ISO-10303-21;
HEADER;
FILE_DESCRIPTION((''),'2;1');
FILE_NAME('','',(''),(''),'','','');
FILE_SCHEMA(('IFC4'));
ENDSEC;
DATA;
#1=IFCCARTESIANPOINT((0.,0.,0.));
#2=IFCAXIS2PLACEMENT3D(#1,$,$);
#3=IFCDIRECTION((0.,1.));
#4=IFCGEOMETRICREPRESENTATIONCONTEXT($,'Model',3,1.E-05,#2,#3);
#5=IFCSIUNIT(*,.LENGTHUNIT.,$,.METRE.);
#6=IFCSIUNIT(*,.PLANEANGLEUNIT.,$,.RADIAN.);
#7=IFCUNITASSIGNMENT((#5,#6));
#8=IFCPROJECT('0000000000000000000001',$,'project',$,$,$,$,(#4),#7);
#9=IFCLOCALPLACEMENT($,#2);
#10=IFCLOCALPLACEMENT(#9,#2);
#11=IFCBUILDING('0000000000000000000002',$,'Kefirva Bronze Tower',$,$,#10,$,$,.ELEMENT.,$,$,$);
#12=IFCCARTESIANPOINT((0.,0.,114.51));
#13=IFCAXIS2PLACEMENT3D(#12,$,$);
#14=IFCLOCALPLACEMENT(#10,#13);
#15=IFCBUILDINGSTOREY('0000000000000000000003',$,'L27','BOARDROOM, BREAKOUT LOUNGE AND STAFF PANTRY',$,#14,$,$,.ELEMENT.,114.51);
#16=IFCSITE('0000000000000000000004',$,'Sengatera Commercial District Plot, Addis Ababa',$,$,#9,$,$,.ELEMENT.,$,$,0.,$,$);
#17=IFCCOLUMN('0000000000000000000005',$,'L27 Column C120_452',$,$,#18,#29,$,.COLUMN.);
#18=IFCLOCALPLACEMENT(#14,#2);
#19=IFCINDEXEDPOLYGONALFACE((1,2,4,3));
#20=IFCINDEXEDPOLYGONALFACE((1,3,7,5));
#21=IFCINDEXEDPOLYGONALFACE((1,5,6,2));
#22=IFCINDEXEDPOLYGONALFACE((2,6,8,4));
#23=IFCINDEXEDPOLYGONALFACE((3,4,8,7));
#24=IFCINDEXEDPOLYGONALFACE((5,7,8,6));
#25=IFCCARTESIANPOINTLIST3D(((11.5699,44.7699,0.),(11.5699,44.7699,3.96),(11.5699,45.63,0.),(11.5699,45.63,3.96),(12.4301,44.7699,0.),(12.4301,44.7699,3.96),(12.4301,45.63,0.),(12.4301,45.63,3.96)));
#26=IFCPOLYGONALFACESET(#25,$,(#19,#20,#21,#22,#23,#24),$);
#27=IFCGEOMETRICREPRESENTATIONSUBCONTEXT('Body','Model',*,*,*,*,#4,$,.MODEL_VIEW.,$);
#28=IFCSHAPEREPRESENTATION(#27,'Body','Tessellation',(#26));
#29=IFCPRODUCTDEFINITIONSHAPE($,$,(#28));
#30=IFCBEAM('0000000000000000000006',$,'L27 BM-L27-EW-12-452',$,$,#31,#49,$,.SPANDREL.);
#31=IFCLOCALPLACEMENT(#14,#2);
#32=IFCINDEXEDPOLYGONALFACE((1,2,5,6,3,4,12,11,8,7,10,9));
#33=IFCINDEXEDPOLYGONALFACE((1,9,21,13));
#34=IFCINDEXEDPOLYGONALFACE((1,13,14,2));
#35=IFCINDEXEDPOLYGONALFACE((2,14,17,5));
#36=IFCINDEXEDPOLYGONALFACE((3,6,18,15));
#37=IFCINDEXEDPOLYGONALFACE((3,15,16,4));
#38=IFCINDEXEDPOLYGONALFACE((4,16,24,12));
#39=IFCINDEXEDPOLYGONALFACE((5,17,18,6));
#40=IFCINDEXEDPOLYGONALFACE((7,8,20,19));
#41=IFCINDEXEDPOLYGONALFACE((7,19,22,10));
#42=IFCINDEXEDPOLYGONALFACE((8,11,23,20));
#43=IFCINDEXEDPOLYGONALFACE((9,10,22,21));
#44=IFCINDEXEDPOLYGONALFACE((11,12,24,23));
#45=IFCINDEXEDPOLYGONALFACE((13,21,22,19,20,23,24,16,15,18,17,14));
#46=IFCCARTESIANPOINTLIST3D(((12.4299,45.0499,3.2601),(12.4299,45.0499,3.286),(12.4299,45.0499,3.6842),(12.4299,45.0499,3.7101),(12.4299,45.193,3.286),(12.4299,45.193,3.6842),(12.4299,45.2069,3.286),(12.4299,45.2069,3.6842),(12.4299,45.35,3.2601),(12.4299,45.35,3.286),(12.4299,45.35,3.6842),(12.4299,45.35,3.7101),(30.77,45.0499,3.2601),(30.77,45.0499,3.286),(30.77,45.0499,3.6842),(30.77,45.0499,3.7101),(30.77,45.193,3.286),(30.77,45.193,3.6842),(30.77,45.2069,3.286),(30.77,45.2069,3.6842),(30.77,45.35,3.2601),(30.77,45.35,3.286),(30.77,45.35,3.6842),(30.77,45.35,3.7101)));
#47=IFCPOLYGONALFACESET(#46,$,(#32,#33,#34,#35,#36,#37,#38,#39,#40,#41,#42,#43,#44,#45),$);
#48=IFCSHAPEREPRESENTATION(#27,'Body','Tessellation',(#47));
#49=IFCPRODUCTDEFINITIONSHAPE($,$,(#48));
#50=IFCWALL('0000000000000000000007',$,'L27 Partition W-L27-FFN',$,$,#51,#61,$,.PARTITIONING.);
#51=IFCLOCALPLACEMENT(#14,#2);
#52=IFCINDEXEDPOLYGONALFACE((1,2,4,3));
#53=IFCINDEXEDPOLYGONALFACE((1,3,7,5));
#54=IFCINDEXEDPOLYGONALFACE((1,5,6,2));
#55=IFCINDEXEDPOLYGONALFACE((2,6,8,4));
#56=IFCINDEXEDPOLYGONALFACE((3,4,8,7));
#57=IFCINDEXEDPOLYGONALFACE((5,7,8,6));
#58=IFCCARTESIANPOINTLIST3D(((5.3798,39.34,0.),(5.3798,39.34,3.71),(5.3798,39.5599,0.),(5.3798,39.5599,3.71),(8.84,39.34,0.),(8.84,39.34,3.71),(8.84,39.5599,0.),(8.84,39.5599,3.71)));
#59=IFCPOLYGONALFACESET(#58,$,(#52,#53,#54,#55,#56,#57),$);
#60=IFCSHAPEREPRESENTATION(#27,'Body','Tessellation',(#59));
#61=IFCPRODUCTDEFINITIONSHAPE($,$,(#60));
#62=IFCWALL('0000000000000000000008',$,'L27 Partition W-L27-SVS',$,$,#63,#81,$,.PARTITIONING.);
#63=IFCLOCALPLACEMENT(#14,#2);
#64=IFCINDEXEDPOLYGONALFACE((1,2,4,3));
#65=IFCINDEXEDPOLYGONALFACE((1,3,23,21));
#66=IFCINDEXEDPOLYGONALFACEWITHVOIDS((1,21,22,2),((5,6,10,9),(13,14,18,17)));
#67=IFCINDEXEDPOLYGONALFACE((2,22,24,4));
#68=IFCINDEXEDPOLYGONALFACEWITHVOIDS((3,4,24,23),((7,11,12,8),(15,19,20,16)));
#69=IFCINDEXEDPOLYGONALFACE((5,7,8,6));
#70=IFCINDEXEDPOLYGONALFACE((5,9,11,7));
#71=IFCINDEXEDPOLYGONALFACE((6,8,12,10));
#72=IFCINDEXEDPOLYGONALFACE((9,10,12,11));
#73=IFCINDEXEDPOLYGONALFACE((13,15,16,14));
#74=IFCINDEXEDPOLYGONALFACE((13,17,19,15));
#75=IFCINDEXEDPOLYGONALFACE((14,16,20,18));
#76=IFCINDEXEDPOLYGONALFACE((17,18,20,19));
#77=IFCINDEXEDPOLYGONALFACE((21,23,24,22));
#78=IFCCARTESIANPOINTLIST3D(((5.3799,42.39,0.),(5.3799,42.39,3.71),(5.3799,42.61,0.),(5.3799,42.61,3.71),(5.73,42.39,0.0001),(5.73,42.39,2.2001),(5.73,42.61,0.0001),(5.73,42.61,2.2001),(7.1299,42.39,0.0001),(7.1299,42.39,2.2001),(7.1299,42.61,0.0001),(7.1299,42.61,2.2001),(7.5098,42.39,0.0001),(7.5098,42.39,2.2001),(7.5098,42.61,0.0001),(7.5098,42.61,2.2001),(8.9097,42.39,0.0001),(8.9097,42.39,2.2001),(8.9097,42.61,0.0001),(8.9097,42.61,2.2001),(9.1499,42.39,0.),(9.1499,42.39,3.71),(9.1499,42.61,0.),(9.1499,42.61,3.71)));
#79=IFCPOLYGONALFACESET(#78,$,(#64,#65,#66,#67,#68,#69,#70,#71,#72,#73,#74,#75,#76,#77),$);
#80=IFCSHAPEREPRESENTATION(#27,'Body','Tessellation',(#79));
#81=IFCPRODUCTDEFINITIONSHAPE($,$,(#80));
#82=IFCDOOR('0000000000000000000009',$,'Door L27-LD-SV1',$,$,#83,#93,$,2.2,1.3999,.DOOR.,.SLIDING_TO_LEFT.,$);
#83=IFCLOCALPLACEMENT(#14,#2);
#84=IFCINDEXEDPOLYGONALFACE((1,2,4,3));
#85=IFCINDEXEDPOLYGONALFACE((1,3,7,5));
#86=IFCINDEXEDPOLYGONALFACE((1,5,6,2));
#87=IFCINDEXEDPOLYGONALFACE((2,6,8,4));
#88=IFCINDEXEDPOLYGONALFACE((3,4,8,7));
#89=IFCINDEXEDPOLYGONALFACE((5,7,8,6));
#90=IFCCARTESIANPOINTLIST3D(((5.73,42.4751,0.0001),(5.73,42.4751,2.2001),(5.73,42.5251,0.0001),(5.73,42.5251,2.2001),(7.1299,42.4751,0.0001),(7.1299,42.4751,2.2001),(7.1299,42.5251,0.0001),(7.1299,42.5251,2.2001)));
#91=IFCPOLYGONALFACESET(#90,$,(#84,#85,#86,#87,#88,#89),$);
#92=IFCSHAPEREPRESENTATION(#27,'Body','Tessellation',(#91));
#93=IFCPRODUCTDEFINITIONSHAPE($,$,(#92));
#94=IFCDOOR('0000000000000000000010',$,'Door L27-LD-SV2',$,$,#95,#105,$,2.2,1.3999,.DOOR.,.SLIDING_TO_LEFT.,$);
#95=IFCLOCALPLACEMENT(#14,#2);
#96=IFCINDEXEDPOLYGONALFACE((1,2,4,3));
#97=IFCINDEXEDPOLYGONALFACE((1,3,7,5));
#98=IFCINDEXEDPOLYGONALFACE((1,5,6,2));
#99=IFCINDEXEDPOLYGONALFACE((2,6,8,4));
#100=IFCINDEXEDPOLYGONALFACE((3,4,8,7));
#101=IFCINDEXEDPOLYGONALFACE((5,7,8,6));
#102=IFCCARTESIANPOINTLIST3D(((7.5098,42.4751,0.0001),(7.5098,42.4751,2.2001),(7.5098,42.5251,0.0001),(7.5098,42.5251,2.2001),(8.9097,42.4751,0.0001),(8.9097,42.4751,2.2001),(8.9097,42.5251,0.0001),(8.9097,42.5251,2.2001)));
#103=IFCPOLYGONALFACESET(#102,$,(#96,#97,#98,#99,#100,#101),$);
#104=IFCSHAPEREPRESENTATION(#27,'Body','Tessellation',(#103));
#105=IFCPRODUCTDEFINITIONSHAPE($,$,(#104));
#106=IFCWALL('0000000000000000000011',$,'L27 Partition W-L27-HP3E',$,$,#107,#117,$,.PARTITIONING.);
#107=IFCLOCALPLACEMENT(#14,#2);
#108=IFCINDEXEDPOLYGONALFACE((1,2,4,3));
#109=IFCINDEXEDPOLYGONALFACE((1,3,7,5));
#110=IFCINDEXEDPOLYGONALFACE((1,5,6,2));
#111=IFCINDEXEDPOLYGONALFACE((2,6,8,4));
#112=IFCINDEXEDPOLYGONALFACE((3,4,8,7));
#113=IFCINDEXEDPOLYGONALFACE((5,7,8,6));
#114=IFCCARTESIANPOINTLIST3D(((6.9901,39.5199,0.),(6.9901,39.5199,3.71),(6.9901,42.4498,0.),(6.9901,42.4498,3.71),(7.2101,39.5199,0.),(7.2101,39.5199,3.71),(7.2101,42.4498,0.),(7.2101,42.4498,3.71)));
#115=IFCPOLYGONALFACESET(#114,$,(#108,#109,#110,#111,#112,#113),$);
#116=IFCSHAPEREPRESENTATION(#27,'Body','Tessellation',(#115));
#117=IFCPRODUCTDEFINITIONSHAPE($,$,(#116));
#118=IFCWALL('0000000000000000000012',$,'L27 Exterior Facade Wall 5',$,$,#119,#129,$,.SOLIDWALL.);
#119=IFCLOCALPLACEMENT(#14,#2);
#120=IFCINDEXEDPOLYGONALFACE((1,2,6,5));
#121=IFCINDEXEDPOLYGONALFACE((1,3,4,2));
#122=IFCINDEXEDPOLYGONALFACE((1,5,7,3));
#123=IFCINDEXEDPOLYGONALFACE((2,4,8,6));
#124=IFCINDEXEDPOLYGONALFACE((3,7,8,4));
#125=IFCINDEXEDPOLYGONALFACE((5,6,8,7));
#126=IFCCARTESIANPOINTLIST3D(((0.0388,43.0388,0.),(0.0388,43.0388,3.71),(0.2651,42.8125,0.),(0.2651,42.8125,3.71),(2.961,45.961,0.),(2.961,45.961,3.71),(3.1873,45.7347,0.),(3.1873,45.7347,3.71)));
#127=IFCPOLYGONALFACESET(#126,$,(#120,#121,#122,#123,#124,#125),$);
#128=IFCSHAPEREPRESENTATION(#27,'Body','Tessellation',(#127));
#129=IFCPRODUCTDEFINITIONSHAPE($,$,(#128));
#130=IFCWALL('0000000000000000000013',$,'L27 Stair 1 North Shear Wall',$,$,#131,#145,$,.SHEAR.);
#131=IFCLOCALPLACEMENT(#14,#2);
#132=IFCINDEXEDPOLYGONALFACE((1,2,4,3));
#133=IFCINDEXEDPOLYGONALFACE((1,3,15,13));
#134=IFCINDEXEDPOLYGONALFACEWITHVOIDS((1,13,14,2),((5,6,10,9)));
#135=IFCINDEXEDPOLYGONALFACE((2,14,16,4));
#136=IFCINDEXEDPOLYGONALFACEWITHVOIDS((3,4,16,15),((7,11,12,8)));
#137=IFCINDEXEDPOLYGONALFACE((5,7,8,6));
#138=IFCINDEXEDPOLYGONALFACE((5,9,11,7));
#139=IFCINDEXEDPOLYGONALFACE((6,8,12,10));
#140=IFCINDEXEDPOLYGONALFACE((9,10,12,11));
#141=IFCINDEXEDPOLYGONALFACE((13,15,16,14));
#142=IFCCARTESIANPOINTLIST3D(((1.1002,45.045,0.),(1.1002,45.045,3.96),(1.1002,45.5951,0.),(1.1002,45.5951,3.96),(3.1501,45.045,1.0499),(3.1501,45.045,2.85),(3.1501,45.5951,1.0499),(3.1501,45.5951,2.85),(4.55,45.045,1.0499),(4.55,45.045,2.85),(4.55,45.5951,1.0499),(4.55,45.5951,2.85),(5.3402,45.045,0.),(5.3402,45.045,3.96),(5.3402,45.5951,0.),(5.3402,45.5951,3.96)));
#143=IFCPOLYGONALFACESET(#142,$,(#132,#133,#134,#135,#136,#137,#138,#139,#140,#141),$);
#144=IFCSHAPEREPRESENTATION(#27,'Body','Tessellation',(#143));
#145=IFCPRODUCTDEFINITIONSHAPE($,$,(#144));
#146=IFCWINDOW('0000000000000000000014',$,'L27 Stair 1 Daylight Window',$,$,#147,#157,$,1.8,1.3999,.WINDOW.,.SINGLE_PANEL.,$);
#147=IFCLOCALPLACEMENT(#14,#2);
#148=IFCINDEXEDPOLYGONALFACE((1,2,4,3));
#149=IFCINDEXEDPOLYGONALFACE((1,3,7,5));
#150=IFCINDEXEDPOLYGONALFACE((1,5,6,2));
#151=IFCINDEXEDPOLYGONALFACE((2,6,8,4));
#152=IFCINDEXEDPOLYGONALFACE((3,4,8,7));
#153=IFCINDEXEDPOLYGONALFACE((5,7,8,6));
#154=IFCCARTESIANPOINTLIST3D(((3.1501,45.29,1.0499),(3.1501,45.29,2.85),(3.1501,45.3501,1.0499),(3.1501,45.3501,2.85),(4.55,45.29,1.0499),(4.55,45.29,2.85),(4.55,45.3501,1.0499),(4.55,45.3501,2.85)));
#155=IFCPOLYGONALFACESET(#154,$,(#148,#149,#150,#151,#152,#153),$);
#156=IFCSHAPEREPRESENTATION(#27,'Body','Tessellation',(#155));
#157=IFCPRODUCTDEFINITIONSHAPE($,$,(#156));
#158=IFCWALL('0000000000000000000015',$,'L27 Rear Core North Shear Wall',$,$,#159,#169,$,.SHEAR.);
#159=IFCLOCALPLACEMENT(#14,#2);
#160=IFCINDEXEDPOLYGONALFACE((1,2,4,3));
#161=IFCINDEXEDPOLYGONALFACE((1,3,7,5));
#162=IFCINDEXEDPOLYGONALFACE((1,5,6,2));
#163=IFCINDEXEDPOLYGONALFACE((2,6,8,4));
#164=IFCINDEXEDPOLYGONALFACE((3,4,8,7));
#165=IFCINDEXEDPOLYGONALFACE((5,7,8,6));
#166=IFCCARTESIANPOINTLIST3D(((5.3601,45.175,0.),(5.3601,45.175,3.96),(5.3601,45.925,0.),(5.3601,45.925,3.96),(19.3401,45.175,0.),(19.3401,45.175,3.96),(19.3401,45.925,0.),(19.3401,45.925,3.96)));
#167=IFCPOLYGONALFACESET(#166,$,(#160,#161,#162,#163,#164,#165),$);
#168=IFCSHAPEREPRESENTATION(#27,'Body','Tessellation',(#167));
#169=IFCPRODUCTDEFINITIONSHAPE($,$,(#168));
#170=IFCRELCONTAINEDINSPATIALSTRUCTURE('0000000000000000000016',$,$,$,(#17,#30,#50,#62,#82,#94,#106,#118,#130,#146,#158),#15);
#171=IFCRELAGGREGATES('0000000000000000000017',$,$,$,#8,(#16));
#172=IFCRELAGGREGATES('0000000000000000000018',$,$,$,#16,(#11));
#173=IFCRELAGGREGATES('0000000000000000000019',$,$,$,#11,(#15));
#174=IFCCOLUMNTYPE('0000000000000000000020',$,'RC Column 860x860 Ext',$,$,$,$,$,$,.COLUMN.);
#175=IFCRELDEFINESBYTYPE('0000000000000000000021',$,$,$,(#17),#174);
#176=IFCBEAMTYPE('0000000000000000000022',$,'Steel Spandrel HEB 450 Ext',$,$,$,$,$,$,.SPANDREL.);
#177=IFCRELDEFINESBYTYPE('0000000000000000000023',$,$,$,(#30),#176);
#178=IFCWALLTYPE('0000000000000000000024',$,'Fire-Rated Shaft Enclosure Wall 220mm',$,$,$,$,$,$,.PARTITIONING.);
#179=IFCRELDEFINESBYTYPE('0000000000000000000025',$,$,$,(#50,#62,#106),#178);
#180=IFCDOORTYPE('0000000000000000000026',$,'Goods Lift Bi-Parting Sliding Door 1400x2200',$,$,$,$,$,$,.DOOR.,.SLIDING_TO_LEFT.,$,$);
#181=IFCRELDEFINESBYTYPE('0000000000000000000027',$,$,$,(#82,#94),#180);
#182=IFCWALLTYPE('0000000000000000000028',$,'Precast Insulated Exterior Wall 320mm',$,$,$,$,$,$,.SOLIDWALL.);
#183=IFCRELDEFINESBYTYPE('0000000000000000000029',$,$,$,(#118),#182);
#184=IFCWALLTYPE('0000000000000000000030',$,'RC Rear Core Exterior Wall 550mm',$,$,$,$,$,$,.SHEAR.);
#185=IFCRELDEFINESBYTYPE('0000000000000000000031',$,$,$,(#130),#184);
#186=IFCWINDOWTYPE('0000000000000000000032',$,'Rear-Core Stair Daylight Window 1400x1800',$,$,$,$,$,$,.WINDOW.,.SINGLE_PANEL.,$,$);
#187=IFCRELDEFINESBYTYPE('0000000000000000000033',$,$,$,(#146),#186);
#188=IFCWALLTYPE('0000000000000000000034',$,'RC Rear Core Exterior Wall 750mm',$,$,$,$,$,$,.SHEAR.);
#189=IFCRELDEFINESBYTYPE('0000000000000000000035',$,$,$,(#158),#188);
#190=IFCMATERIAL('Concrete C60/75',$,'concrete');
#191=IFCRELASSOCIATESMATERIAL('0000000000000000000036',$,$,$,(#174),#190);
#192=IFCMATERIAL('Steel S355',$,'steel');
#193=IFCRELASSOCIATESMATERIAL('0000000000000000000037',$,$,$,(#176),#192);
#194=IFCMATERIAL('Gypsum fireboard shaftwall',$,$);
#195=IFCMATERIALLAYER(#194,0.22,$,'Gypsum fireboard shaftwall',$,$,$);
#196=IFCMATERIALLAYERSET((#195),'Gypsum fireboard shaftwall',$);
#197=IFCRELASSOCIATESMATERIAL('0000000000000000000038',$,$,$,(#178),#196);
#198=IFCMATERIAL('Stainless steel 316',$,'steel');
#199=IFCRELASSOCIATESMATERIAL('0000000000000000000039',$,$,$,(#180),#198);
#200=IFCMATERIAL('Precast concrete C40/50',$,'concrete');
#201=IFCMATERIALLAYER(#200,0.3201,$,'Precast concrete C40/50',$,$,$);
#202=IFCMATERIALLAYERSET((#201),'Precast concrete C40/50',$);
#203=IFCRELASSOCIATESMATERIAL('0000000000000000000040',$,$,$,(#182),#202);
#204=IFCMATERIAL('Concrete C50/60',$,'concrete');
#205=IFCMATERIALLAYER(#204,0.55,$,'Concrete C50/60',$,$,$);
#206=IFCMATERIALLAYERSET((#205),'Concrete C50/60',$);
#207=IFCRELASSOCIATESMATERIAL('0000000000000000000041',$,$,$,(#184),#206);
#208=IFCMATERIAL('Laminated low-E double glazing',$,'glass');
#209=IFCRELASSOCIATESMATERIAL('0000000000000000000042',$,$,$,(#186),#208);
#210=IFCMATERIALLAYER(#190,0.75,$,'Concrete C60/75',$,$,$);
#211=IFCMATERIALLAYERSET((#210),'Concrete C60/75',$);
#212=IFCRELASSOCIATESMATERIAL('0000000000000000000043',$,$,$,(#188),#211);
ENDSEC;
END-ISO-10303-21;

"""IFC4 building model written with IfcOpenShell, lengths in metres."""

from ifc_helpers import new_model, si_unit, direction, frame, frame_2d, origin, origin_2d, place, context, subcontext, project, spatial, rectangle, i_section, extrude, material, layer, layer_set, material_profile, profile_set, type_object, element, fill, save


model = new_model("IFC4")

# Units and contexts
model_context = context("Model", 3, precision=1e-05, world=origin(), true_north=direction((0.0, 1.0)))
body_context = subcontext(model_context, "Body", "Model", "MODEL_VIEW")
ifc_project = project(units=[si_unit("LENGTHUNIT", "METRE"), si_unit("PLANEANGLEUNIT", "RADIAN")], contexts=[model_context])

# Site, building, storey
site_placement = place(None, origin())
site = spatial("IfcSite", under=ifc_project, at=site_placement, Name="Sengatera Commercial District Plot, Addis Ababa", CompositionType="ELEMENT", RefElevation=0.0)
building_placement = place(site_placement, origin())
building = spatial("IfcBuilding", under=site, at=building_placement, Name="Kefirva Bronze Tower", CompositionType="ELEMENT")
storey_placement = place(building_placement, frame((0.0, 0.0, 114.51)))
storey = spatial("IfcBuildingStorey", under=building, at=storey_placement, Name="L27", Description="BOARDROOM, BREAKOUT LOUNGE AND STAFF PANTRY", CompositionType="ELEMENT", Elevation=114.51)

# Column
ifc_material_1 = material(Name="Concrete C60/75", Category="concrete")
ifc_material_profile_1 = material_profile(ifc_material_1, rectangle(XDim=0.8601, YDim=0.8601, at=origin_2d()), Name="RC 860x860")
ifc_profile_set_1 = profile_set([ifc_material_profile_1], Name="Concrete C60/75")
column_type = type_object("IfcColumnType", Name="RC Column 860x860 Ext", PredefinedType="COLUMN", material=ifc_profile_set_1)
column_placement = place(storey_placement, frame((12.0, 45.2, 0.0), z_axis=(0.0, 0.0, 1.0), x_axis=(1.0, 0.0, 0.0)))
element("IfcColumn", 1, at=column_placement, inside=storey, type_object=column_type, Name="L27 Column C120_452", PredefinedType="COLUMN", context=body_context, shape_type="SweptSolid", body=[
    extrude(rectangle(XDim=0.8601, YDim=0.8601, at=origin_2d()), origin(), (0.0, 0.0, 1.0), 3.96),
])

# Beam
ifc_material_2 = material(Name="Steel S355", Category="steel")
ifc_material_profile_2 = material_profile(ifc_material_2, i_section(OverallWidth=0.3, OverallDepth=0.45, WebThickness=0.0139, FlangeThickness=0.0259, at=origin_2d()), Name="HEB 450")
ifc_profile_set_2 = profile_set([ifc_material_profile_2], Name="Steel S355")
beam_type = type_object("IfcBeamType", Name="Steel Spandrel HEB 450 Ext", PredefinedType="SPANDREL", material=ifc_profile_set_2)
beam_placement = place(storey_placement, frame((12.4299, 45.2, 3.4851), z_axis=(1.0, 0.0, 0.0), x_axis=(0.0, 1.0, 0.0)))
element("IfcBeam", 2, at=beam_placement, inside=storey, type_object=beam_type, Name="L27 BM-L27-EW-12-452", PredefinedType="SPANDREL", context=body_context, shape_type="SweptSolid", body=[
    extrude(i_section(OverallWidth=0.3, OverallDepth=0.45, WebThickness=0.0139, FlangeThickness=0.0259, at=origin_2d()), origin(), (0.0, 0.0, 1.0), 18.3401),
])

# Wall
ifc_material_3 = material(Name="Gypsum fireboard shaftwall")
ifc_layer_1 = layer(ifc_material_3, 0.22, Name="Gypsum fireboard shaftwall")
ifc_layer_set_1 = layer_set([ifc_layer_1], Name="Gypsum fireboard shaftwall")
wall_type_1 = type_object("IfcWallType", Name="Fire-Rated Shaft Enclosure Wall 220mm", PredefinedType="PARTITIONING", material=ifc_layer_set_1)
wall_1_placement = place(storey_placement, frame((5.3799, 39.45, 0.0), z_axis=(0.0, 0.0, 1.0), x_axis=(1.0, 0.0, 0.0)))
element("IfcWall", 3, at=wall_1_placement, inside=storey, type_object=wall_type_1, Name="L27 Partition W-L27-FFN", PredefinedType="PARTITIONING", context=body_context, shape_type="SweptSolid", body=[
    extrude(rectangle(XDim=3.4602, YDim=0.22, at=frame_2d((1.73, 0.0))), origin(), (0.0, 0.0, 1.0), 3.71),
])

# Wall, openings, doors
wall_2_placement = place(storey_placement, frame((5.3799, 42.5, 0.0), z_axis=(0.0, 0.0, 1.0), x_axis=(1.0, 0.0, 0.0)))
wall_2 = element("IfcWall", 4, at=wall_2_placement, inside=storey, type_object=wall_type_1, Name="L27 Partition W-L27-SVS", PredefinedType="PARTITIONING", context=body_context, shape_type="SweptSolid", body=[
    extrude(rectangle(XDim=3.77, YDim=0.22, at=frame_2d((1.885, 0.0))), origin(), (0.0, 0.0, 1.0), 3.71),
])
opening_1_placement = place(wall_2_placement, frame((1.75, 0.0, 0.0), z_axis=(0.0, 0.0, 1.0), x_axis=(-1.0, 0.0, 0.0)))
opening_1 = element("IfcOpeningElement", 5, at=opening_1_placement, cuts=wall_2, PredefinedType="OPENING", context=body_context, shape_type="SweptSolid", body=[
    extrude(rectangle(XDim=1.3999, YDim=2.2, at=frame_2d((0.7, 1.1001))), frame((0.0, 0.1201, 0.0), z_axis=(0.0, -1.0, 0.0), x_axis=(1.0, 0.0, 0.0)), (0.0, 0.0, 1.0), 0.24),
])
opening_2_placement = place(wall_2_placement, frame((3.5298, 0.0, 0.0), z_axis=(0.0, 0.0, 1.0), x_axis=(-1.0, 0.0, 0.0)))
opening_2 = element("IfcOpeningElement", 6, at=opening_2_placement, cuts=wall_2, PredefinedType="OPENING", context=body_context, shape_type="SweptSolid", body=[
    extrude(rectangle(XDim=1.3999, YDim=2.2, at=frame_2d((0.7, 1.1001))), frame((0.0, 0.1201, 0.0), z_axis=(0.0, -1.0, 0.0), x_axis=(1.0, 0.0, 0.0)), (0.0, 0.0, 1.0), 0.24),
])
ifc_material_4 = material(Name="Stainless steel 316", Category="steel")
door_type_1 = type_object("IfcDoorType", Name="Goods Lift Bi-Parting Sliding Door 1400x2200", OperationType="SLIDING_TO_LEFT", PredefinedType="DOOR", material=ifc_material_4)
door_1_placement = place(opening_1_placement, origin())
door_1 = element("IfcDoor", 7, at=door_1_placement, inside=storey, type_object=door_type_1, Name="Door L27-LD-SV1", OperationType="SLIDING_TO_LEFT", OverallHeight=2.2, OverallWidth=1.3999, PredefinedType="DOOR", context=body_context, shape_type="SweptSolid", body=[
    extrude(rectangle(XDim=1.3999, YDim=2.2, at=frame_2d((0.7, 1.1001))), frame((0.0, 0.0249, 0.0), z_axis=(0.0, -1.0, 0.0), x_axis=(1.0, 0.0, 0.0)), (0.0, 0.0, 1.0), 0.05),
])
fill(opening_1, door_1)
door_2_placement = place(opening_2_placement, origin())
door_2 = element("IfcDoor", 8, at=door_2_placement, inside=storey, type_object=door_type_1, Name="Door L27-LD-SV2", OperationType="SLIDING_TO_LEFT", OverallHeight=2.2, OverallWidth=1.3999, PredefinedType="DOOR", context=body_context, shape_type="SweptSolid", body=[
    extrude(rectangle(XDim=1.3999, YDim=2.2, at=frame_2d((0.7, 1.1001))), frame((0.0, 0.0249, 0.0), z_axis=(0.0, -1.0, 0.0), x_axis=(1.0, 0.0, 0.0)), (0.0, 0.0, 1.0), 0.05),
])
fill(opening_2, door_2)

# Walls
wall_3_placement = place(storey_placement, frame((7.1001, 39.52, 0.0), z_axis=(0.0, 0.0, 1.0), x_axis=(0.0, 1.0, 0.0)))
element("IfcWall", 9, at=wall_3_placement, inside=storey, type_object=wall_type_1, Name="L27 Partition W-L27-HP3E", PredefinedType="PARTITIONING", context=body_context, shape_type="SweptSolid", body=[
    extrude(rectangle(XDim=2.9299, YDim=0.22, at=frame_2d((1.4648, 0.0))), origin(), (0.0, 0.0, 1.0), 3.71),
])
ifc_material_5 = material(Name="Precast concrete C40/50", Category="concrete")
ifc_layer_2 = layer(ifc_material_5, 0.3201, Name="Precast concrete C40/50")
ifc_layer_set_2 = layer_set([ifc_layer_2], Name="Precast concrete C40/50")
wall_type_2 = type_object("IfcWallType", Name="Precast Insulated Exterior Wall 320mm", PredefinedType="SOLIDWALL", material=ifc_layer_set_2)
wall_4_placement = place(storey_placement, frame((3.0742, 45.8479, 0.0), z_axis=(0.0, 0.0, 1.0), x_axis=(-0.707107, -0.707107, 0.0)))
element("IfcWall", 10, at=wall_4_placement, inside=storey, type_object=wall_type_2, Name="L27 Exterior Facade Wall 5", PredefinedType="SOLIDWALL", context=body_context, shape_type="SweptSolid", body=[
    extrude(rectangle(XDim=4.1326, YDim=0.3201, at=frame_2d((2.0664, 0.0))), origin(), (0.0, 0.0, 1.0), 3.71),
])

# Wall, opening, window
ifc_material_6 = material(Name="Concrete C50/60", Category="concrete")
ifc_layer_3 = layer(ifc_material_6, 0.55, Name="Concrete C50/60")
ifc_layer_set_3 = layer_set([ifc_layer_3], Name="Concrete C50/60")
wall_type_3 = type_object("IfcWallType", Name="RC Rear Core Exterior Wall 550mm", PredefinedType="SHEAR", material=ifc_layer_set_3)
wall_5_placement = place(storey_placement, frame((1.1001, 45.3201, 0.0), z_axis=(0.0, 0.0, 1.0), x_axis=(1.0, 0.0, 0.0)))
wall_5 = element("IfcWall", 11, at=wall_5_placement, inside=storey, type_object=wall_type_3, Name="L27 Stair 1 North Shear Wall", PredefinedType="SHEAR", context=body_context, shape_type="SweptSolid", body=[
    extrude(rectangle(XDim=4.24, YDim=0.55, at=frame_2d((2.1201, 0.0))), origin(), (0.0, 0.0, 1.0), 3.96),
])
opening_3_placement = place(wall_5_placement, frame((2.05, 0.0, 1.05)))
opening_3 = element("IfcOpeningElement", 12, at=opening_3_placement, cuts=wall_5, PredefinedType="OPENING", context=body_context, shape_type="SweptSolid", body=[
    extrude(rectangle(XDim=1.3999, YDim=1.8, at=frame_2d((0.7, 0.8999))), frame((0.0, 0.2852, 0.0), z_axis=(0.0, -1.0, 0.0), x_axis=(1.0, 0.0, 0.0)), (0.0, 0.0, 1.0), 0.5701),
])
ifc_material_7 = material(Name="Laminated low-E double glazing", Category="glass")
window_type = type_object("IfcWindowType", Name="Rear-Core Stair Daylight Window 1400x1800", PartitioningType="SINGLE_PANEL", PredefinedType="WINDOW", material=ifc_material_7)
window_placement = place(opening_3_placement, origin())
window = element("IfcWindow", 13, at=window_placement, inside=storey, type_object=window_type, Name="L27 Stair 1 Daylight Window", OverallHeight=1.8, OverallWidth=1.3999, PartitioningType="SINGLE_PANEL", PredefinedType="WINDOW", context=body_context, shape_type="SweptSolid", body=[
    extrude(rectangle(XDim=1.3999, YDim=1.8, at=frame_2d((0.7, 0.8999))), frame((0.0, 0.03, 0.0), z_axis=(0.0, -1.0, 0.0), x_axis=(1.0, 0.0, 0.0)), (0.0, 0.0, 1.0), 0.0601),
])
fill(opening_3, window)

# Wall
ifc_layer_4 = layer(ifc_material_1, 0.75, Name="Concrete C60/75")
ifc_layer_set_4 = layer_set([ifc_layer_4], Name="Concrete C60/75")
wall_type_4 = type_object("IfcWallType", Name="RC Rear Core Exterior Wall 750mm", PredefinedType="SHEAR", material=ifc_layer_set_4)
wall_6_placement = place(storey_placement, frame((5.3601, 45.55, 0.0), z_axis=(0.0, 0.0, 1.0), x_axis=(1.0, 0.0, 0.0)))
element("IfcWall", 14, at=wall_6_placement, inside=storey, type_object=wall_type_4, Name="L27 Rear Core North Shear Wall", PredefinedType="SHEAR", context=body_context, shape_type="SweptSolid", body=[
    extrude(rectangle(XDim=13.98, YDim=0.75, at=frame_2d((6.99, 0.0))), origin(), (0.0, 0.0, 1.0), 3.96),
])

save(model, "model.ifc")
